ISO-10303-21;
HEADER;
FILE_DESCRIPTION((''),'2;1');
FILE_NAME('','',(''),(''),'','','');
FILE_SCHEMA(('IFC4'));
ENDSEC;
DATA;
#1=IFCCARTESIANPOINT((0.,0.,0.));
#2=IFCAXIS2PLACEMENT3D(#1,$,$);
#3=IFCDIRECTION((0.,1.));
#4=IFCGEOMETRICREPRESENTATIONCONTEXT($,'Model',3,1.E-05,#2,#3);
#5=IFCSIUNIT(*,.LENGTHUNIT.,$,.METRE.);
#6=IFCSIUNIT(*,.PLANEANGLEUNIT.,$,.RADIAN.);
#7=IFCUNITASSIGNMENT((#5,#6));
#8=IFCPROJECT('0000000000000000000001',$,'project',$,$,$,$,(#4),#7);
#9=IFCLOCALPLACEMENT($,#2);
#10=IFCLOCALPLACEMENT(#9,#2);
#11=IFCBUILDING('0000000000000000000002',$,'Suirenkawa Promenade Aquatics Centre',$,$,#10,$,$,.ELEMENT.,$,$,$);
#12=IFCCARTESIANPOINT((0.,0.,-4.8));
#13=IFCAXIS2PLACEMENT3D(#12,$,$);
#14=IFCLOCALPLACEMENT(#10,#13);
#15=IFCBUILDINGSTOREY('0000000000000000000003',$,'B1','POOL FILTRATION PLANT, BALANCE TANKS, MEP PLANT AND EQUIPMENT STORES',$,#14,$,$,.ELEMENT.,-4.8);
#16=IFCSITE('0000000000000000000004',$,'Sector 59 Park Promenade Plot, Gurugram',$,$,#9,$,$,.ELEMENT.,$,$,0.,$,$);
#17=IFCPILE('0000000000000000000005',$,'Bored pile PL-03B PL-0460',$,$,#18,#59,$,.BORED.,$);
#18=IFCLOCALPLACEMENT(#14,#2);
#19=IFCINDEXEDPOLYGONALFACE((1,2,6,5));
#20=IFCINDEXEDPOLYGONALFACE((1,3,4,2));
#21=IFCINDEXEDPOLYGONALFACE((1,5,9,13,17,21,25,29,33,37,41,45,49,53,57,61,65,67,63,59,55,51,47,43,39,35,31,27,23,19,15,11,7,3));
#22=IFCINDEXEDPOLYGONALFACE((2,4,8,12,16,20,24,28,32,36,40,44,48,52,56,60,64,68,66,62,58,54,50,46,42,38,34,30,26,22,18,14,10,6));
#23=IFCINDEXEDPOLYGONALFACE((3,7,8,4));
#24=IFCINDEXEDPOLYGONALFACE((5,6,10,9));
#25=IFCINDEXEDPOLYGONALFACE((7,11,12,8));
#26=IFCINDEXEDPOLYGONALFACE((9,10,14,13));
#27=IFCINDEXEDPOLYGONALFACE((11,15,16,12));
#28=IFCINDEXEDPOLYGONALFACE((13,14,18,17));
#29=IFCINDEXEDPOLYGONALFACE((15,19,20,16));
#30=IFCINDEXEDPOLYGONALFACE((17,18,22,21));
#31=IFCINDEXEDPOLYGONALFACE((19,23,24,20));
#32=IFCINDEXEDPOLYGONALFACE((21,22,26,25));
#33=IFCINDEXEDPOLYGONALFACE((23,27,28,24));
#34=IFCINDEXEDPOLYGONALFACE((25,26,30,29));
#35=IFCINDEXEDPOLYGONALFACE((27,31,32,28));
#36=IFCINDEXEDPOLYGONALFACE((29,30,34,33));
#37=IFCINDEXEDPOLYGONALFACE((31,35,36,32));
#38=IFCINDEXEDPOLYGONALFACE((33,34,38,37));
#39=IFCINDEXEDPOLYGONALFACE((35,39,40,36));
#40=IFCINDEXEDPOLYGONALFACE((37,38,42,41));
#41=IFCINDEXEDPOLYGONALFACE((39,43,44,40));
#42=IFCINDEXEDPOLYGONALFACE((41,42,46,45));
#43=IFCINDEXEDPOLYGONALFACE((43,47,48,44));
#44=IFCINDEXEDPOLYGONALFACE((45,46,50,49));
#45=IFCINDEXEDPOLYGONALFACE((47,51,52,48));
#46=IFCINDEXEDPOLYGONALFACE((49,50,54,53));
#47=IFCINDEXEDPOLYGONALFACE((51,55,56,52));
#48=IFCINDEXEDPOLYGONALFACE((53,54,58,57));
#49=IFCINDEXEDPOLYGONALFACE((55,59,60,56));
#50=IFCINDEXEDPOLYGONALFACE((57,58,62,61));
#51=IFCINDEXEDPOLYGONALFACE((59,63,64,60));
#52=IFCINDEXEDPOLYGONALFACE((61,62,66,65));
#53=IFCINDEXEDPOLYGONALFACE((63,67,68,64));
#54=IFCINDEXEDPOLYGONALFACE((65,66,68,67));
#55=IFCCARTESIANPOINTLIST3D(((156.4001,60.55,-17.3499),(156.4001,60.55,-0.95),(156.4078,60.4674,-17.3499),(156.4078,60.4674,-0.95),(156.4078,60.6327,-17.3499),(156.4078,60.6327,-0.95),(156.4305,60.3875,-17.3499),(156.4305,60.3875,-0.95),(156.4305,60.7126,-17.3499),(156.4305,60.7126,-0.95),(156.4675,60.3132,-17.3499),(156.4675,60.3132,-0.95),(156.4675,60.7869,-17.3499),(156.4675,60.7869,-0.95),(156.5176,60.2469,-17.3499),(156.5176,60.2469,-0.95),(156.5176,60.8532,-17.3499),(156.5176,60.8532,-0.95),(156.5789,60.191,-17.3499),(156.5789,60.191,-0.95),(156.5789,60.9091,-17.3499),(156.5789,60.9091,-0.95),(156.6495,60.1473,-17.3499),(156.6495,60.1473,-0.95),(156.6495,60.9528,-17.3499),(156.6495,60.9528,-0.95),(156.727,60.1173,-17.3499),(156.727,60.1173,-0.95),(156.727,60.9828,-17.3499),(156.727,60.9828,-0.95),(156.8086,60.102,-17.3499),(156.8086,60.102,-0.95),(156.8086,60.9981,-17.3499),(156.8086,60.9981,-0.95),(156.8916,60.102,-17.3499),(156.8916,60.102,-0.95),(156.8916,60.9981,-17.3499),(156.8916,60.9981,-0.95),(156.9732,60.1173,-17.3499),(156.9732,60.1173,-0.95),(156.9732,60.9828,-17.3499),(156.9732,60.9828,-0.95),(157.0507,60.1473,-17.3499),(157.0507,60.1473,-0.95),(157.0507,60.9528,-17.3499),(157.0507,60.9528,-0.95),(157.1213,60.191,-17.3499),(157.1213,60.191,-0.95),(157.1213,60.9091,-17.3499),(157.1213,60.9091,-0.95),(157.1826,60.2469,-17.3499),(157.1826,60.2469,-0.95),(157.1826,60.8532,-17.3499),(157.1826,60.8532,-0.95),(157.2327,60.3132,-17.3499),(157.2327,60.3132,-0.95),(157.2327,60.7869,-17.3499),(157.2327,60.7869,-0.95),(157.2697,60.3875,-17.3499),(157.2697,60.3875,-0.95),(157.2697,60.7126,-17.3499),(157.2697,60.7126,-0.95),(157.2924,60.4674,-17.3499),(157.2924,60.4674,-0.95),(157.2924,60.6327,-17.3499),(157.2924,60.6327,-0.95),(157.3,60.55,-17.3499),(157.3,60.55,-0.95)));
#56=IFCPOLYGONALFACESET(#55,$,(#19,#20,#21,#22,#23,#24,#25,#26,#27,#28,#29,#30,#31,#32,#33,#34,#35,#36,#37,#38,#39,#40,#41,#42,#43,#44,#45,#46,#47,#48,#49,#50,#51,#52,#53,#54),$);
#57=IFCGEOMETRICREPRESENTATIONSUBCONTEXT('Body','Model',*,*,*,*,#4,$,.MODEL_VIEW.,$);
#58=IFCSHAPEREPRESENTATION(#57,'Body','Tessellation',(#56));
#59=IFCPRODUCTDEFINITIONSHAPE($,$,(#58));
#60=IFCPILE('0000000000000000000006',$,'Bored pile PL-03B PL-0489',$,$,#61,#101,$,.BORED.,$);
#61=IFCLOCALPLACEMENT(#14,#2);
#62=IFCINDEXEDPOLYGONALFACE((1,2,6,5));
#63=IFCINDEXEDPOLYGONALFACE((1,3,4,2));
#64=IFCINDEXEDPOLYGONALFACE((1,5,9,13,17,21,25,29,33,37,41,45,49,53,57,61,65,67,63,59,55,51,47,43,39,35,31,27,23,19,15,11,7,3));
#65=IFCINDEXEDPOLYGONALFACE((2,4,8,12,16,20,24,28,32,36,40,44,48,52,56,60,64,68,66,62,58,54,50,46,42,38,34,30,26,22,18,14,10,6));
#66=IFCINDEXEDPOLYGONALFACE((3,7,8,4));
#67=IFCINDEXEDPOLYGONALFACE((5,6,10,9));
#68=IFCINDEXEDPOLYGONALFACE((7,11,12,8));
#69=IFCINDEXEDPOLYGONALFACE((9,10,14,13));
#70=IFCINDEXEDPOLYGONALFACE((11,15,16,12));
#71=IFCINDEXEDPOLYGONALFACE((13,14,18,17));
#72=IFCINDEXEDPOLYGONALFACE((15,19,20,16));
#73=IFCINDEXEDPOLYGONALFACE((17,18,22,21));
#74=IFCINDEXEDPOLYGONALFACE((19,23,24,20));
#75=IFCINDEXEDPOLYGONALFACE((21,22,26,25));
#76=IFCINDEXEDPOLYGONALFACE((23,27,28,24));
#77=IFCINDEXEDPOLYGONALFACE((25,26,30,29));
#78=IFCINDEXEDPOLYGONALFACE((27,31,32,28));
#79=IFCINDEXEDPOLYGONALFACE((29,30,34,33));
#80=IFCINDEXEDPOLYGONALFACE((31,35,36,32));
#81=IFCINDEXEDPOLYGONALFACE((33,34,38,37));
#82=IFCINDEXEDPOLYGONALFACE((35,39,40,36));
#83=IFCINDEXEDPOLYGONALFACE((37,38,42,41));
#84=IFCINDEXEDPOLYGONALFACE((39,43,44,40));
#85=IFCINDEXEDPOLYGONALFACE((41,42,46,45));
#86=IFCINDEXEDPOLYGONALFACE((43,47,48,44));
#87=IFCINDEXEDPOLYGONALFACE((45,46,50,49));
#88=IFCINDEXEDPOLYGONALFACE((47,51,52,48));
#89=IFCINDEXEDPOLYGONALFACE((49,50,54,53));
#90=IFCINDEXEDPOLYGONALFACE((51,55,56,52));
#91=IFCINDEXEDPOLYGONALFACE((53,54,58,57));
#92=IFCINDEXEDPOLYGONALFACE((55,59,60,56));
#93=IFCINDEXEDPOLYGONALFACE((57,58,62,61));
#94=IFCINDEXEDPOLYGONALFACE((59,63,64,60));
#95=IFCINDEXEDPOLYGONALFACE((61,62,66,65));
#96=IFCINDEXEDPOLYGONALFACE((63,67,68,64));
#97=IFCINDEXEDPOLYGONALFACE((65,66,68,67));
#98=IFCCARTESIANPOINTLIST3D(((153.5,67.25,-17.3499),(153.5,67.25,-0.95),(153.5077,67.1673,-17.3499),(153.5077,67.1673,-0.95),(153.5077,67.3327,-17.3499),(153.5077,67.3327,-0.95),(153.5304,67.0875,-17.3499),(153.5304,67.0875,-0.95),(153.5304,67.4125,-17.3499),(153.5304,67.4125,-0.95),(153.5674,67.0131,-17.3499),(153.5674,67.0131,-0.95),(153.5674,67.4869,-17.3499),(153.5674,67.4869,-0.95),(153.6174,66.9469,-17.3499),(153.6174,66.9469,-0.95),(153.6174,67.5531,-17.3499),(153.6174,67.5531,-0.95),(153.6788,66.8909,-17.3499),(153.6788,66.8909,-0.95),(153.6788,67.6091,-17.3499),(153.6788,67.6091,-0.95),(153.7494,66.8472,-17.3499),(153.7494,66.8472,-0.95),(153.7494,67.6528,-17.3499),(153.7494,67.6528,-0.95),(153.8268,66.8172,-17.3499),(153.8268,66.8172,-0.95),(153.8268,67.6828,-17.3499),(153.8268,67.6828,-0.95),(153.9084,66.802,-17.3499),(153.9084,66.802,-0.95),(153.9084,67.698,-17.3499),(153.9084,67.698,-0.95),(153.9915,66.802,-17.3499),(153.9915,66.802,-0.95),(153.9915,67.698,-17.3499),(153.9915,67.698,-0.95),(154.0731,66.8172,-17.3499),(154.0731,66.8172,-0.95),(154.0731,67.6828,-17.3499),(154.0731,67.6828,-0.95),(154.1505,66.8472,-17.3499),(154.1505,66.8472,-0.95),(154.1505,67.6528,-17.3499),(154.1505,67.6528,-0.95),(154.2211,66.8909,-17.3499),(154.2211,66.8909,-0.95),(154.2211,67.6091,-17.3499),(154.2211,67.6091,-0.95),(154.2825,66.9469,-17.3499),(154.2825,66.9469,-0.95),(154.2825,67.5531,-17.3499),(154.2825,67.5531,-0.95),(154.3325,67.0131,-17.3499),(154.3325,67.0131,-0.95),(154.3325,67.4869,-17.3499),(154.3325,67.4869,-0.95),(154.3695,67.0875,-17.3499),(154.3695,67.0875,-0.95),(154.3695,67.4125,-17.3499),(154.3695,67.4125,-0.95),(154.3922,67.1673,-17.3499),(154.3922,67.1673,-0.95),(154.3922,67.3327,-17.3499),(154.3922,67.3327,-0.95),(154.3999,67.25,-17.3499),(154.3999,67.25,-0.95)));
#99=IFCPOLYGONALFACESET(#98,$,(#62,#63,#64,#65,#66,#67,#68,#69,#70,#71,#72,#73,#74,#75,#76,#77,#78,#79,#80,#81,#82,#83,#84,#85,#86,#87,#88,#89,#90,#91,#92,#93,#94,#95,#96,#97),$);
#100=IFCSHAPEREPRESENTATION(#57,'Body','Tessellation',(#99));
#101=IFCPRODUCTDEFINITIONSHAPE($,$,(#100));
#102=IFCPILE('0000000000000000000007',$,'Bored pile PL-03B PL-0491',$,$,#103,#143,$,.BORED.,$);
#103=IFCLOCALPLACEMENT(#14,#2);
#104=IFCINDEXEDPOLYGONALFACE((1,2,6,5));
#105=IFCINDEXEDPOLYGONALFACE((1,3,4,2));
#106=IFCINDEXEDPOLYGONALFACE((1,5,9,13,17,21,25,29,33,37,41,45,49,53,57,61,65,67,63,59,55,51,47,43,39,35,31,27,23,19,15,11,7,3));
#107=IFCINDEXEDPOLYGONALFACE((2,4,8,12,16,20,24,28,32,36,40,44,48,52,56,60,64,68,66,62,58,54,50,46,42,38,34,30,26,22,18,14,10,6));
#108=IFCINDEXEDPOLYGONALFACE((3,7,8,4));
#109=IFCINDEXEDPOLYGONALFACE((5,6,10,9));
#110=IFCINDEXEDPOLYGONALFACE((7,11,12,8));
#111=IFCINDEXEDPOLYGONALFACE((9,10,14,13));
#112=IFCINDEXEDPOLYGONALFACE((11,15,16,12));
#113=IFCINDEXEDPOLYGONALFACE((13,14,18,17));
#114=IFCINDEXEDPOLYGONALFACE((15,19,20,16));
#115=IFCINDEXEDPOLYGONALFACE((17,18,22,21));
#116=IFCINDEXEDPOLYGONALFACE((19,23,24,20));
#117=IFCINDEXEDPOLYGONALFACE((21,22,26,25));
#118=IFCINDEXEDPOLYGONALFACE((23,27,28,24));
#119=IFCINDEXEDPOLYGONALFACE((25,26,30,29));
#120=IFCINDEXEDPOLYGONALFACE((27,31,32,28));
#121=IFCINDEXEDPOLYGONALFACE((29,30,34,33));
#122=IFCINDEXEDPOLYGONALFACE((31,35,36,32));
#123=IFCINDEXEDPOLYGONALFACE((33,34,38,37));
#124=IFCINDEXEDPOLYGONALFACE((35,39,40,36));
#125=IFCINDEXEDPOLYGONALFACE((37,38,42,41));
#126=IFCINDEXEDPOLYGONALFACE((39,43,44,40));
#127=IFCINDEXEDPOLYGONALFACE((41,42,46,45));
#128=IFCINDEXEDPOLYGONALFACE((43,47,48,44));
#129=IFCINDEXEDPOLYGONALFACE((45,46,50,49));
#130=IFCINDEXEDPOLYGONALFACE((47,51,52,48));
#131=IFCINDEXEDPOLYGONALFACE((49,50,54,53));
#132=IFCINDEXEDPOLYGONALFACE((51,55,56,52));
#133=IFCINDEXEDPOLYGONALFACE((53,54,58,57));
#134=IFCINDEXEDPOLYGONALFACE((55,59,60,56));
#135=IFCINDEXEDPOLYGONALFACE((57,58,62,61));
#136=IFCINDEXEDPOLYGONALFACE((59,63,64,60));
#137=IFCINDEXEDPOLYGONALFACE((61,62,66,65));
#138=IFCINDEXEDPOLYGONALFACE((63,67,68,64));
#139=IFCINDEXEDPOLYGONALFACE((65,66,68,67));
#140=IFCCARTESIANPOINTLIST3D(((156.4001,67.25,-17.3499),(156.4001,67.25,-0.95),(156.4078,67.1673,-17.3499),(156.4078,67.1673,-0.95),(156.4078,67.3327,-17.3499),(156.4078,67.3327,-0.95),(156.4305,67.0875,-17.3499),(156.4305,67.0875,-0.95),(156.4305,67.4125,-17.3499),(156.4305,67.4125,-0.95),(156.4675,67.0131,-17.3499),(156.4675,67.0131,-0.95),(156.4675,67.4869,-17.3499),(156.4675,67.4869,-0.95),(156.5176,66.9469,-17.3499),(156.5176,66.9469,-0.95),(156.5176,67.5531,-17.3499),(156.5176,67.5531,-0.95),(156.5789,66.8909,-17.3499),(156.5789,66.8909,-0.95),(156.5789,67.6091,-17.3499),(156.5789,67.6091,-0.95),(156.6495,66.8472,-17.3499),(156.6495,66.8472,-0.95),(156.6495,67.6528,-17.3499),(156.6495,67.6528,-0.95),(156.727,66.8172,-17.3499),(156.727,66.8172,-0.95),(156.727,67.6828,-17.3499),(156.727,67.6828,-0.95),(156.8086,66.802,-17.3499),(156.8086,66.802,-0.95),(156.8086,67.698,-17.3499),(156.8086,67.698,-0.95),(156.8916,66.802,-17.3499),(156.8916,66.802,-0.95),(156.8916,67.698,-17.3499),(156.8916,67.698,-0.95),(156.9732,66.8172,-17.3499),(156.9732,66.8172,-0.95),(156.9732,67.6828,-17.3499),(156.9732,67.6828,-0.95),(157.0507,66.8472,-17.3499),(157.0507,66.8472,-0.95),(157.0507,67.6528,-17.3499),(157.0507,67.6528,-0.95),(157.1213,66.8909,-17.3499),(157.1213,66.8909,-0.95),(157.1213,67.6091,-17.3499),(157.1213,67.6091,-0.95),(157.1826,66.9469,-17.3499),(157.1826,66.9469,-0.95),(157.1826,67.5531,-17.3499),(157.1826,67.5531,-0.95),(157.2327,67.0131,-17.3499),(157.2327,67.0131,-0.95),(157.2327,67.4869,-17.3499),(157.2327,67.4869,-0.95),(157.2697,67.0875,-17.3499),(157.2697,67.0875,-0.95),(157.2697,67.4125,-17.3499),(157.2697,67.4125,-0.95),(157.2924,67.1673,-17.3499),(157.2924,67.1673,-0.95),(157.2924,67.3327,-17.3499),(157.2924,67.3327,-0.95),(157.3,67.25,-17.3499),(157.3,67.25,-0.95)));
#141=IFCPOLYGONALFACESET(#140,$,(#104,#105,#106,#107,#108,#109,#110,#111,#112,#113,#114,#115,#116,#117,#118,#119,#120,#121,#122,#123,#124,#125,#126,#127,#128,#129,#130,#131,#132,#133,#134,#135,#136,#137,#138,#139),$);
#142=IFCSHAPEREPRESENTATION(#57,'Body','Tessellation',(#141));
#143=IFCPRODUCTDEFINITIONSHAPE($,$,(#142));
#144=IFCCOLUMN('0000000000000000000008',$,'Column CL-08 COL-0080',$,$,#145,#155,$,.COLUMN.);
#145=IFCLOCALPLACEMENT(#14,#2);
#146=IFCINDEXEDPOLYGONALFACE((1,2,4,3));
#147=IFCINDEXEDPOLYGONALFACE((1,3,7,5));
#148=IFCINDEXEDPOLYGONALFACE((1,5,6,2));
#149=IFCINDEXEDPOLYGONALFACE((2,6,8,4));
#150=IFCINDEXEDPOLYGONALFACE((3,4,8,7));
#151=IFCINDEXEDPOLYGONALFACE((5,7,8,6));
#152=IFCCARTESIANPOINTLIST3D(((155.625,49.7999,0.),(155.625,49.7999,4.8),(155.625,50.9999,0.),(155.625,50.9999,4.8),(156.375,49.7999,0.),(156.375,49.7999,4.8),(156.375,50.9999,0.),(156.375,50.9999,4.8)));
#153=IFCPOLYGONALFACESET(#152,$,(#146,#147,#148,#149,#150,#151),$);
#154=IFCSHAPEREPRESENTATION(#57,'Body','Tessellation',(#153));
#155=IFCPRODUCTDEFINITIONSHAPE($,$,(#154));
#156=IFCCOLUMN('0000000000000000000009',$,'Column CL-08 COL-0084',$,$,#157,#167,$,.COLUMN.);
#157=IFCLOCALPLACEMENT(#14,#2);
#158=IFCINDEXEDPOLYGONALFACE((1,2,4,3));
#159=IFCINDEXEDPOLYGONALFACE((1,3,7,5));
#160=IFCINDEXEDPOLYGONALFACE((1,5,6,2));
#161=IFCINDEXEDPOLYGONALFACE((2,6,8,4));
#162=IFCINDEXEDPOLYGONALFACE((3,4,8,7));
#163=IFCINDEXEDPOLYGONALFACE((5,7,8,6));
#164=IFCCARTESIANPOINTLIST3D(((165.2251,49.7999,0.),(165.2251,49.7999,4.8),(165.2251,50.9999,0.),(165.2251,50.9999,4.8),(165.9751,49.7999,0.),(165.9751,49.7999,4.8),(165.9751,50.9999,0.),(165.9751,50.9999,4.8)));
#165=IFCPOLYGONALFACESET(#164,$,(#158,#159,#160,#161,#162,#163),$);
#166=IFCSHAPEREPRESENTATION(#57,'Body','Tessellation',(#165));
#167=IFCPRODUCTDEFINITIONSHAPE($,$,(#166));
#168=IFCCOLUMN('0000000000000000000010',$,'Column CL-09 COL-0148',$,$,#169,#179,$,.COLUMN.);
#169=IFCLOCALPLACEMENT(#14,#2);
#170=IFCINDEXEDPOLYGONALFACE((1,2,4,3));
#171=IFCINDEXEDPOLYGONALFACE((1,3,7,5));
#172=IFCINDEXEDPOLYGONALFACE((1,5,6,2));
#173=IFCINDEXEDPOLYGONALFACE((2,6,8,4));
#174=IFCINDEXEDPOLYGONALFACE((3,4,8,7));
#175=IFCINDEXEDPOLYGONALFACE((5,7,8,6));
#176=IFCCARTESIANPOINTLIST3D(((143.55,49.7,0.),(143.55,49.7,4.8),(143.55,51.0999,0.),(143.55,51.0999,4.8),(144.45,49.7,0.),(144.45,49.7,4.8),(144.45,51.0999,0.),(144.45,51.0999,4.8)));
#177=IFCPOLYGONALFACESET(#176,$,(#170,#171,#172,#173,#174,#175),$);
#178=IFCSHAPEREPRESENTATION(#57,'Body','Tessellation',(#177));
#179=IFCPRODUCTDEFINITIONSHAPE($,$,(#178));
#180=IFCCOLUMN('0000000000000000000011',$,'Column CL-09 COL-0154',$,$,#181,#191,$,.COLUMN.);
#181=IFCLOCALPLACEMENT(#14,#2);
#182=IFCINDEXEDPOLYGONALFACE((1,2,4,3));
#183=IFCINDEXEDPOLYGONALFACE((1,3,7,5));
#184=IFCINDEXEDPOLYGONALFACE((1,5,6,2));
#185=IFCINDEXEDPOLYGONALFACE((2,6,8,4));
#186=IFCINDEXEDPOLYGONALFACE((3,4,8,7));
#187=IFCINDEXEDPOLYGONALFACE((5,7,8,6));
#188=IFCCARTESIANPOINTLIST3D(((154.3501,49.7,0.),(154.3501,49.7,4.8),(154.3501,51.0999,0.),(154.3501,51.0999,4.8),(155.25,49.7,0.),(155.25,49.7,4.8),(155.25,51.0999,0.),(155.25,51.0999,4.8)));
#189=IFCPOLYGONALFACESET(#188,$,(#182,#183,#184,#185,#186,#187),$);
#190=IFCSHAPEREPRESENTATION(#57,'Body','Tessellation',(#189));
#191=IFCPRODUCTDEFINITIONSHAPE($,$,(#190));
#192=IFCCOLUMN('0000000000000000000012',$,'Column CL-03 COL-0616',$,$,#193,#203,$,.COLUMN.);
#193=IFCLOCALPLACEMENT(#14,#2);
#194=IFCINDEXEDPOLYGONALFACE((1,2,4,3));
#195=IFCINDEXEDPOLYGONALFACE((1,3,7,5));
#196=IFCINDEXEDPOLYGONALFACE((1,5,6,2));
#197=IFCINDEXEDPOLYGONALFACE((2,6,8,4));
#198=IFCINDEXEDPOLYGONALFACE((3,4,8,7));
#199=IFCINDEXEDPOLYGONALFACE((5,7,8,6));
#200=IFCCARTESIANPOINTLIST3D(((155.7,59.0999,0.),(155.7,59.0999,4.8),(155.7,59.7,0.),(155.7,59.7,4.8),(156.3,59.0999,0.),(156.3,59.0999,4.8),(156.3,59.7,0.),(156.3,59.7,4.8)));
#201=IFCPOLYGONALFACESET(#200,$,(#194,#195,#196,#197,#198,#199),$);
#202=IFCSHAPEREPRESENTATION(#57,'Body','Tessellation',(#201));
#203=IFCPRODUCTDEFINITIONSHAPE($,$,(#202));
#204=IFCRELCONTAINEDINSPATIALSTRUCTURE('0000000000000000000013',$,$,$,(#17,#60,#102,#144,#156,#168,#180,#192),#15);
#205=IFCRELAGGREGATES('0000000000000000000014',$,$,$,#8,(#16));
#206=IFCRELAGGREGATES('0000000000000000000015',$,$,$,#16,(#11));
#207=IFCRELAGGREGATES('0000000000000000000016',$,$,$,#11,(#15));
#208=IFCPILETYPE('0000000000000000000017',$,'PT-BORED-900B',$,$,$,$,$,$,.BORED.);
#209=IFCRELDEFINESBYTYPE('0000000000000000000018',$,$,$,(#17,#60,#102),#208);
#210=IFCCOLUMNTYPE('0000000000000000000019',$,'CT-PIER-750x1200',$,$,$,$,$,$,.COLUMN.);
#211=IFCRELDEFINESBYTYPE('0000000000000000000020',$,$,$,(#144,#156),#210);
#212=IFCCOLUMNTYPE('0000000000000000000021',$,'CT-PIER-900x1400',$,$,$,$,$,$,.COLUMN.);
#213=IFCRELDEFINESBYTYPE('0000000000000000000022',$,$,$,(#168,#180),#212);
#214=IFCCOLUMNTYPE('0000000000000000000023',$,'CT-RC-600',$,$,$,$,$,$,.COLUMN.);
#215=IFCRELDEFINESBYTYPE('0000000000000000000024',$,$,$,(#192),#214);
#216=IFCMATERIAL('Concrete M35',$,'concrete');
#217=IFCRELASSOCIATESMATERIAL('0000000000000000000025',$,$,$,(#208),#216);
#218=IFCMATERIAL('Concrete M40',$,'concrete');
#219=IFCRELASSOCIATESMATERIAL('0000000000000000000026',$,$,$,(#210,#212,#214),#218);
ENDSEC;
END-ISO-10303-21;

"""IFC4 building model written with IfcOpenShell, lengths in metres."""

from ifc_helpers import new_model, si_unit, direction, frame, origin, origin_2d, place, context, subcontext, project, spatial, rectangle, circle, extrude, material, material_profile, profile_set, type_object, element, save


model = new_model("IFC4")

# Units and contexts
model_context = context("Model", 3, precision=1e-05, world=origin(), true_north=direction((0.0, 1.0)))
body_context = subcontext(model_context, "Body", "Model", "MODEL_VIEW")
ifc_project = project(units=[si_unit("LENGTHUNIT", "METRE"), si_unit("PLANEANGLEUNIT", "RADIAN")], contexts=[model_context])

# Site, building, storey
site_placement = place(None, origin())
site = spatial("IfcSite", under=ifc_project, at=site_placement, Name="Sector 59 Park Promenade Plot, Gurugram", CompositionType="ELEMENT", RefElevation=0.0)
building_placement = place(site_placement, origin())
building = spatial("IfcBuilding", under=site, at=building_placement, Name="Suirenkawa Promenade Aquatics Centre", CompositionType="ELEMENT")
storey_placement = place(building_placement, frame((0.0, 0.0, -4.8)))
storey = spatial("IfcBuildingStorey", under=building, at=storey_placement, Name="B1", Description="POOL FILTRATION PLANT, BALANCE TANKS, MEP PLANT AND EQUIPMENT STORES", CompositionType="ELEMENT", Elevation=-4.8)

# Shared definitions
ifc_material_1 = material(Name="Concrete M35", Category="concrete")

# Piles
ifc_material_profile_1 = material_profile(ifc_material_1, circle(Radius=0.45, at=origin_2d()), Name="PILE D900", Category="concrete")
ifc_profile_set_1 = profile_set([ifc_material_profile_1], Name="Concrete M35")
pile_type_1 = type_object("IfcPileType", Name="PT-BORED-900B", PredefinedType="BORED", material=ifc_profile_set_1)
for number, where, z_axis, x_axis, name in (
    (1, (156.8501, 60.55, -0.95), (0.0, 0.0, -1.0), (1.0, 0.0, 0.0), "Bored pile PL-03B PL-0460"),
    (2, (153.95, 67.25, -0.95), (0.0, 0.0, -1.0), (1.0, 0.0, 0.0), "Bored pile PL-03B PL-0489"),
    (3, (156.8501, 67.25, -0.95), (0.0, 0.0, -1.0), (1.0, 0.0, 0.0), "Bored pile PL-03B PL-0491"),
):
    element("IfcPile", number, at=place(storey_placement, frame(where, z_axis=z_axis, x_axis=x_axis)), inside=storey, type_object=pile_type_1, Name=name, PredefinedType="BORED", context=body_context, shape_type="SweptSolid", body=[
        extrude(circle(Radius=0.45, at=origin_2d()), origin(), (0.0, 0.0, 1.0), 16.3999),
    ])

# Columns
ifc_material_2 = material(Name="Concrete M40", Category="concrete")
ifc_material_profile_2 = material_profile(ifc_material_2, rectangle(XDim=0.75, YDim=1.2, at=origin_2d()), Name="RC PIER 750x1200", Category="concrete")
ifc_profile_set_2 = profile_set([ifc_material_profile_2], Name="Concrete M40")
column_type_1 = type_object("IfcColumnType", Name="CT-PIER-750x1200", PredefinedType="COLUMN", material=ifc_profile_set_2)
for number, where, z_axis, x_axis, name in (
    (4, (156.0, 50.3999, 0.0), (0.0, 0.0, 1.0), (1.0, 0.0, 0.0), "Column CL-08 COL-0080"),
    (5, (165.6001, 50.3999, 0.0), (0.0, 0.0, 1.0), (1.0, 0.0, 0.0), "Column CL-08 COL-0084"),
):
    element("IfcColumn", number, at=place(storey_placement, frame(where, z_axis=z_axis, x_axis=x_axis)), inside=storey, type_object=column_type_1, Name=name, PredefinedType="COLUMN", context=body_context, shape_type="SweptSolid", body=[
        extrude(rectangle(XDim=0.75, YDim=1.2, at=origin_2d()), origin(), (0.0, 0.0, 1.0), 4.8),
    ])
ifc_material_profile_3 = material_profile(ifc_material_2, rectangle(XDim=0.8999, YDim=1.3999, at=origin_2d()), Name="RC PIER 900x1400", Category="concrete")
ifc_profile_set_3 = profile_set([ifc_material_profile_3], Name="Concrete M40")
column_type_2 = type_object("IfcColumnType", Name="CT-PIER-900x1400", PredefinedType="COLUMN", material=ifc_profile_set_3)
for number, where, z_axis, x_axis, name in (
    (6, (144.0, 50.3999, 0.0), (0.0, 0.0, 1.0), (1.0, 0.0, 0.0), "Column CL-09 COL-0148"),
    (7, (154.8, 50.3999, 0.0), (0.0, 0.0, 1.0), (1.0, 0.0, 0.0), "Column CL-09 COL-0154"),
):
    element("IfcColumn", number, at=place(storey_placement, frame(where, z_axis=z_axis, x_axis=x_axis)), inside=storey, type_object=column_type_2, Name=name, PredefinedType="COLUMN", context=body_context, shape_type="SweptSolid", body=[
        extrude(rectangle(XDim=0.8999, YDim=1.3999, at=origin_2d()), origin(), (0.0, 0.0, 1.0), 4.8),
    ])
ifc_material_profile_4 = material_profile(ifc_material_2, rectangle(XDim=0.6001, YDim=0.6001, at=origin_2d()), Name="RC COL 600x600", Category="concrete")
ifc_profile_set_4 = profile_set([ifc_material_profile_4], Name="Concrete M40")
column_type_3 = type_object("IfcColumnType", Name="CT-RC-600", PredefinedType="COLUMN", material=ifc_profile_set_4)
for number, where, z_axis, x_axis, name in (
    (8, (156.0, 59.3999, 0.0), (0.0, 0.0, 1.0), (1.0, 0.0, 0.0), "Column CL-03 COL-0616"),
):
    element("IfcColumn", number, at=place(storey_placement, frame(where, z_axis=z_axis, x_axis=x_axis)), inside=storey, type_object=column_type_3, Name=name, PredefinedType="COLUMN", context=body_context, shape_type="SweptSolid", body=[
        extrude(rectangle(XDim=0.6001, YDim=0.6001, at=origin_2d()), origin(), (0.0, 0.0, 1.0), 4.8),
    ])

save(model, "model.ifc")
